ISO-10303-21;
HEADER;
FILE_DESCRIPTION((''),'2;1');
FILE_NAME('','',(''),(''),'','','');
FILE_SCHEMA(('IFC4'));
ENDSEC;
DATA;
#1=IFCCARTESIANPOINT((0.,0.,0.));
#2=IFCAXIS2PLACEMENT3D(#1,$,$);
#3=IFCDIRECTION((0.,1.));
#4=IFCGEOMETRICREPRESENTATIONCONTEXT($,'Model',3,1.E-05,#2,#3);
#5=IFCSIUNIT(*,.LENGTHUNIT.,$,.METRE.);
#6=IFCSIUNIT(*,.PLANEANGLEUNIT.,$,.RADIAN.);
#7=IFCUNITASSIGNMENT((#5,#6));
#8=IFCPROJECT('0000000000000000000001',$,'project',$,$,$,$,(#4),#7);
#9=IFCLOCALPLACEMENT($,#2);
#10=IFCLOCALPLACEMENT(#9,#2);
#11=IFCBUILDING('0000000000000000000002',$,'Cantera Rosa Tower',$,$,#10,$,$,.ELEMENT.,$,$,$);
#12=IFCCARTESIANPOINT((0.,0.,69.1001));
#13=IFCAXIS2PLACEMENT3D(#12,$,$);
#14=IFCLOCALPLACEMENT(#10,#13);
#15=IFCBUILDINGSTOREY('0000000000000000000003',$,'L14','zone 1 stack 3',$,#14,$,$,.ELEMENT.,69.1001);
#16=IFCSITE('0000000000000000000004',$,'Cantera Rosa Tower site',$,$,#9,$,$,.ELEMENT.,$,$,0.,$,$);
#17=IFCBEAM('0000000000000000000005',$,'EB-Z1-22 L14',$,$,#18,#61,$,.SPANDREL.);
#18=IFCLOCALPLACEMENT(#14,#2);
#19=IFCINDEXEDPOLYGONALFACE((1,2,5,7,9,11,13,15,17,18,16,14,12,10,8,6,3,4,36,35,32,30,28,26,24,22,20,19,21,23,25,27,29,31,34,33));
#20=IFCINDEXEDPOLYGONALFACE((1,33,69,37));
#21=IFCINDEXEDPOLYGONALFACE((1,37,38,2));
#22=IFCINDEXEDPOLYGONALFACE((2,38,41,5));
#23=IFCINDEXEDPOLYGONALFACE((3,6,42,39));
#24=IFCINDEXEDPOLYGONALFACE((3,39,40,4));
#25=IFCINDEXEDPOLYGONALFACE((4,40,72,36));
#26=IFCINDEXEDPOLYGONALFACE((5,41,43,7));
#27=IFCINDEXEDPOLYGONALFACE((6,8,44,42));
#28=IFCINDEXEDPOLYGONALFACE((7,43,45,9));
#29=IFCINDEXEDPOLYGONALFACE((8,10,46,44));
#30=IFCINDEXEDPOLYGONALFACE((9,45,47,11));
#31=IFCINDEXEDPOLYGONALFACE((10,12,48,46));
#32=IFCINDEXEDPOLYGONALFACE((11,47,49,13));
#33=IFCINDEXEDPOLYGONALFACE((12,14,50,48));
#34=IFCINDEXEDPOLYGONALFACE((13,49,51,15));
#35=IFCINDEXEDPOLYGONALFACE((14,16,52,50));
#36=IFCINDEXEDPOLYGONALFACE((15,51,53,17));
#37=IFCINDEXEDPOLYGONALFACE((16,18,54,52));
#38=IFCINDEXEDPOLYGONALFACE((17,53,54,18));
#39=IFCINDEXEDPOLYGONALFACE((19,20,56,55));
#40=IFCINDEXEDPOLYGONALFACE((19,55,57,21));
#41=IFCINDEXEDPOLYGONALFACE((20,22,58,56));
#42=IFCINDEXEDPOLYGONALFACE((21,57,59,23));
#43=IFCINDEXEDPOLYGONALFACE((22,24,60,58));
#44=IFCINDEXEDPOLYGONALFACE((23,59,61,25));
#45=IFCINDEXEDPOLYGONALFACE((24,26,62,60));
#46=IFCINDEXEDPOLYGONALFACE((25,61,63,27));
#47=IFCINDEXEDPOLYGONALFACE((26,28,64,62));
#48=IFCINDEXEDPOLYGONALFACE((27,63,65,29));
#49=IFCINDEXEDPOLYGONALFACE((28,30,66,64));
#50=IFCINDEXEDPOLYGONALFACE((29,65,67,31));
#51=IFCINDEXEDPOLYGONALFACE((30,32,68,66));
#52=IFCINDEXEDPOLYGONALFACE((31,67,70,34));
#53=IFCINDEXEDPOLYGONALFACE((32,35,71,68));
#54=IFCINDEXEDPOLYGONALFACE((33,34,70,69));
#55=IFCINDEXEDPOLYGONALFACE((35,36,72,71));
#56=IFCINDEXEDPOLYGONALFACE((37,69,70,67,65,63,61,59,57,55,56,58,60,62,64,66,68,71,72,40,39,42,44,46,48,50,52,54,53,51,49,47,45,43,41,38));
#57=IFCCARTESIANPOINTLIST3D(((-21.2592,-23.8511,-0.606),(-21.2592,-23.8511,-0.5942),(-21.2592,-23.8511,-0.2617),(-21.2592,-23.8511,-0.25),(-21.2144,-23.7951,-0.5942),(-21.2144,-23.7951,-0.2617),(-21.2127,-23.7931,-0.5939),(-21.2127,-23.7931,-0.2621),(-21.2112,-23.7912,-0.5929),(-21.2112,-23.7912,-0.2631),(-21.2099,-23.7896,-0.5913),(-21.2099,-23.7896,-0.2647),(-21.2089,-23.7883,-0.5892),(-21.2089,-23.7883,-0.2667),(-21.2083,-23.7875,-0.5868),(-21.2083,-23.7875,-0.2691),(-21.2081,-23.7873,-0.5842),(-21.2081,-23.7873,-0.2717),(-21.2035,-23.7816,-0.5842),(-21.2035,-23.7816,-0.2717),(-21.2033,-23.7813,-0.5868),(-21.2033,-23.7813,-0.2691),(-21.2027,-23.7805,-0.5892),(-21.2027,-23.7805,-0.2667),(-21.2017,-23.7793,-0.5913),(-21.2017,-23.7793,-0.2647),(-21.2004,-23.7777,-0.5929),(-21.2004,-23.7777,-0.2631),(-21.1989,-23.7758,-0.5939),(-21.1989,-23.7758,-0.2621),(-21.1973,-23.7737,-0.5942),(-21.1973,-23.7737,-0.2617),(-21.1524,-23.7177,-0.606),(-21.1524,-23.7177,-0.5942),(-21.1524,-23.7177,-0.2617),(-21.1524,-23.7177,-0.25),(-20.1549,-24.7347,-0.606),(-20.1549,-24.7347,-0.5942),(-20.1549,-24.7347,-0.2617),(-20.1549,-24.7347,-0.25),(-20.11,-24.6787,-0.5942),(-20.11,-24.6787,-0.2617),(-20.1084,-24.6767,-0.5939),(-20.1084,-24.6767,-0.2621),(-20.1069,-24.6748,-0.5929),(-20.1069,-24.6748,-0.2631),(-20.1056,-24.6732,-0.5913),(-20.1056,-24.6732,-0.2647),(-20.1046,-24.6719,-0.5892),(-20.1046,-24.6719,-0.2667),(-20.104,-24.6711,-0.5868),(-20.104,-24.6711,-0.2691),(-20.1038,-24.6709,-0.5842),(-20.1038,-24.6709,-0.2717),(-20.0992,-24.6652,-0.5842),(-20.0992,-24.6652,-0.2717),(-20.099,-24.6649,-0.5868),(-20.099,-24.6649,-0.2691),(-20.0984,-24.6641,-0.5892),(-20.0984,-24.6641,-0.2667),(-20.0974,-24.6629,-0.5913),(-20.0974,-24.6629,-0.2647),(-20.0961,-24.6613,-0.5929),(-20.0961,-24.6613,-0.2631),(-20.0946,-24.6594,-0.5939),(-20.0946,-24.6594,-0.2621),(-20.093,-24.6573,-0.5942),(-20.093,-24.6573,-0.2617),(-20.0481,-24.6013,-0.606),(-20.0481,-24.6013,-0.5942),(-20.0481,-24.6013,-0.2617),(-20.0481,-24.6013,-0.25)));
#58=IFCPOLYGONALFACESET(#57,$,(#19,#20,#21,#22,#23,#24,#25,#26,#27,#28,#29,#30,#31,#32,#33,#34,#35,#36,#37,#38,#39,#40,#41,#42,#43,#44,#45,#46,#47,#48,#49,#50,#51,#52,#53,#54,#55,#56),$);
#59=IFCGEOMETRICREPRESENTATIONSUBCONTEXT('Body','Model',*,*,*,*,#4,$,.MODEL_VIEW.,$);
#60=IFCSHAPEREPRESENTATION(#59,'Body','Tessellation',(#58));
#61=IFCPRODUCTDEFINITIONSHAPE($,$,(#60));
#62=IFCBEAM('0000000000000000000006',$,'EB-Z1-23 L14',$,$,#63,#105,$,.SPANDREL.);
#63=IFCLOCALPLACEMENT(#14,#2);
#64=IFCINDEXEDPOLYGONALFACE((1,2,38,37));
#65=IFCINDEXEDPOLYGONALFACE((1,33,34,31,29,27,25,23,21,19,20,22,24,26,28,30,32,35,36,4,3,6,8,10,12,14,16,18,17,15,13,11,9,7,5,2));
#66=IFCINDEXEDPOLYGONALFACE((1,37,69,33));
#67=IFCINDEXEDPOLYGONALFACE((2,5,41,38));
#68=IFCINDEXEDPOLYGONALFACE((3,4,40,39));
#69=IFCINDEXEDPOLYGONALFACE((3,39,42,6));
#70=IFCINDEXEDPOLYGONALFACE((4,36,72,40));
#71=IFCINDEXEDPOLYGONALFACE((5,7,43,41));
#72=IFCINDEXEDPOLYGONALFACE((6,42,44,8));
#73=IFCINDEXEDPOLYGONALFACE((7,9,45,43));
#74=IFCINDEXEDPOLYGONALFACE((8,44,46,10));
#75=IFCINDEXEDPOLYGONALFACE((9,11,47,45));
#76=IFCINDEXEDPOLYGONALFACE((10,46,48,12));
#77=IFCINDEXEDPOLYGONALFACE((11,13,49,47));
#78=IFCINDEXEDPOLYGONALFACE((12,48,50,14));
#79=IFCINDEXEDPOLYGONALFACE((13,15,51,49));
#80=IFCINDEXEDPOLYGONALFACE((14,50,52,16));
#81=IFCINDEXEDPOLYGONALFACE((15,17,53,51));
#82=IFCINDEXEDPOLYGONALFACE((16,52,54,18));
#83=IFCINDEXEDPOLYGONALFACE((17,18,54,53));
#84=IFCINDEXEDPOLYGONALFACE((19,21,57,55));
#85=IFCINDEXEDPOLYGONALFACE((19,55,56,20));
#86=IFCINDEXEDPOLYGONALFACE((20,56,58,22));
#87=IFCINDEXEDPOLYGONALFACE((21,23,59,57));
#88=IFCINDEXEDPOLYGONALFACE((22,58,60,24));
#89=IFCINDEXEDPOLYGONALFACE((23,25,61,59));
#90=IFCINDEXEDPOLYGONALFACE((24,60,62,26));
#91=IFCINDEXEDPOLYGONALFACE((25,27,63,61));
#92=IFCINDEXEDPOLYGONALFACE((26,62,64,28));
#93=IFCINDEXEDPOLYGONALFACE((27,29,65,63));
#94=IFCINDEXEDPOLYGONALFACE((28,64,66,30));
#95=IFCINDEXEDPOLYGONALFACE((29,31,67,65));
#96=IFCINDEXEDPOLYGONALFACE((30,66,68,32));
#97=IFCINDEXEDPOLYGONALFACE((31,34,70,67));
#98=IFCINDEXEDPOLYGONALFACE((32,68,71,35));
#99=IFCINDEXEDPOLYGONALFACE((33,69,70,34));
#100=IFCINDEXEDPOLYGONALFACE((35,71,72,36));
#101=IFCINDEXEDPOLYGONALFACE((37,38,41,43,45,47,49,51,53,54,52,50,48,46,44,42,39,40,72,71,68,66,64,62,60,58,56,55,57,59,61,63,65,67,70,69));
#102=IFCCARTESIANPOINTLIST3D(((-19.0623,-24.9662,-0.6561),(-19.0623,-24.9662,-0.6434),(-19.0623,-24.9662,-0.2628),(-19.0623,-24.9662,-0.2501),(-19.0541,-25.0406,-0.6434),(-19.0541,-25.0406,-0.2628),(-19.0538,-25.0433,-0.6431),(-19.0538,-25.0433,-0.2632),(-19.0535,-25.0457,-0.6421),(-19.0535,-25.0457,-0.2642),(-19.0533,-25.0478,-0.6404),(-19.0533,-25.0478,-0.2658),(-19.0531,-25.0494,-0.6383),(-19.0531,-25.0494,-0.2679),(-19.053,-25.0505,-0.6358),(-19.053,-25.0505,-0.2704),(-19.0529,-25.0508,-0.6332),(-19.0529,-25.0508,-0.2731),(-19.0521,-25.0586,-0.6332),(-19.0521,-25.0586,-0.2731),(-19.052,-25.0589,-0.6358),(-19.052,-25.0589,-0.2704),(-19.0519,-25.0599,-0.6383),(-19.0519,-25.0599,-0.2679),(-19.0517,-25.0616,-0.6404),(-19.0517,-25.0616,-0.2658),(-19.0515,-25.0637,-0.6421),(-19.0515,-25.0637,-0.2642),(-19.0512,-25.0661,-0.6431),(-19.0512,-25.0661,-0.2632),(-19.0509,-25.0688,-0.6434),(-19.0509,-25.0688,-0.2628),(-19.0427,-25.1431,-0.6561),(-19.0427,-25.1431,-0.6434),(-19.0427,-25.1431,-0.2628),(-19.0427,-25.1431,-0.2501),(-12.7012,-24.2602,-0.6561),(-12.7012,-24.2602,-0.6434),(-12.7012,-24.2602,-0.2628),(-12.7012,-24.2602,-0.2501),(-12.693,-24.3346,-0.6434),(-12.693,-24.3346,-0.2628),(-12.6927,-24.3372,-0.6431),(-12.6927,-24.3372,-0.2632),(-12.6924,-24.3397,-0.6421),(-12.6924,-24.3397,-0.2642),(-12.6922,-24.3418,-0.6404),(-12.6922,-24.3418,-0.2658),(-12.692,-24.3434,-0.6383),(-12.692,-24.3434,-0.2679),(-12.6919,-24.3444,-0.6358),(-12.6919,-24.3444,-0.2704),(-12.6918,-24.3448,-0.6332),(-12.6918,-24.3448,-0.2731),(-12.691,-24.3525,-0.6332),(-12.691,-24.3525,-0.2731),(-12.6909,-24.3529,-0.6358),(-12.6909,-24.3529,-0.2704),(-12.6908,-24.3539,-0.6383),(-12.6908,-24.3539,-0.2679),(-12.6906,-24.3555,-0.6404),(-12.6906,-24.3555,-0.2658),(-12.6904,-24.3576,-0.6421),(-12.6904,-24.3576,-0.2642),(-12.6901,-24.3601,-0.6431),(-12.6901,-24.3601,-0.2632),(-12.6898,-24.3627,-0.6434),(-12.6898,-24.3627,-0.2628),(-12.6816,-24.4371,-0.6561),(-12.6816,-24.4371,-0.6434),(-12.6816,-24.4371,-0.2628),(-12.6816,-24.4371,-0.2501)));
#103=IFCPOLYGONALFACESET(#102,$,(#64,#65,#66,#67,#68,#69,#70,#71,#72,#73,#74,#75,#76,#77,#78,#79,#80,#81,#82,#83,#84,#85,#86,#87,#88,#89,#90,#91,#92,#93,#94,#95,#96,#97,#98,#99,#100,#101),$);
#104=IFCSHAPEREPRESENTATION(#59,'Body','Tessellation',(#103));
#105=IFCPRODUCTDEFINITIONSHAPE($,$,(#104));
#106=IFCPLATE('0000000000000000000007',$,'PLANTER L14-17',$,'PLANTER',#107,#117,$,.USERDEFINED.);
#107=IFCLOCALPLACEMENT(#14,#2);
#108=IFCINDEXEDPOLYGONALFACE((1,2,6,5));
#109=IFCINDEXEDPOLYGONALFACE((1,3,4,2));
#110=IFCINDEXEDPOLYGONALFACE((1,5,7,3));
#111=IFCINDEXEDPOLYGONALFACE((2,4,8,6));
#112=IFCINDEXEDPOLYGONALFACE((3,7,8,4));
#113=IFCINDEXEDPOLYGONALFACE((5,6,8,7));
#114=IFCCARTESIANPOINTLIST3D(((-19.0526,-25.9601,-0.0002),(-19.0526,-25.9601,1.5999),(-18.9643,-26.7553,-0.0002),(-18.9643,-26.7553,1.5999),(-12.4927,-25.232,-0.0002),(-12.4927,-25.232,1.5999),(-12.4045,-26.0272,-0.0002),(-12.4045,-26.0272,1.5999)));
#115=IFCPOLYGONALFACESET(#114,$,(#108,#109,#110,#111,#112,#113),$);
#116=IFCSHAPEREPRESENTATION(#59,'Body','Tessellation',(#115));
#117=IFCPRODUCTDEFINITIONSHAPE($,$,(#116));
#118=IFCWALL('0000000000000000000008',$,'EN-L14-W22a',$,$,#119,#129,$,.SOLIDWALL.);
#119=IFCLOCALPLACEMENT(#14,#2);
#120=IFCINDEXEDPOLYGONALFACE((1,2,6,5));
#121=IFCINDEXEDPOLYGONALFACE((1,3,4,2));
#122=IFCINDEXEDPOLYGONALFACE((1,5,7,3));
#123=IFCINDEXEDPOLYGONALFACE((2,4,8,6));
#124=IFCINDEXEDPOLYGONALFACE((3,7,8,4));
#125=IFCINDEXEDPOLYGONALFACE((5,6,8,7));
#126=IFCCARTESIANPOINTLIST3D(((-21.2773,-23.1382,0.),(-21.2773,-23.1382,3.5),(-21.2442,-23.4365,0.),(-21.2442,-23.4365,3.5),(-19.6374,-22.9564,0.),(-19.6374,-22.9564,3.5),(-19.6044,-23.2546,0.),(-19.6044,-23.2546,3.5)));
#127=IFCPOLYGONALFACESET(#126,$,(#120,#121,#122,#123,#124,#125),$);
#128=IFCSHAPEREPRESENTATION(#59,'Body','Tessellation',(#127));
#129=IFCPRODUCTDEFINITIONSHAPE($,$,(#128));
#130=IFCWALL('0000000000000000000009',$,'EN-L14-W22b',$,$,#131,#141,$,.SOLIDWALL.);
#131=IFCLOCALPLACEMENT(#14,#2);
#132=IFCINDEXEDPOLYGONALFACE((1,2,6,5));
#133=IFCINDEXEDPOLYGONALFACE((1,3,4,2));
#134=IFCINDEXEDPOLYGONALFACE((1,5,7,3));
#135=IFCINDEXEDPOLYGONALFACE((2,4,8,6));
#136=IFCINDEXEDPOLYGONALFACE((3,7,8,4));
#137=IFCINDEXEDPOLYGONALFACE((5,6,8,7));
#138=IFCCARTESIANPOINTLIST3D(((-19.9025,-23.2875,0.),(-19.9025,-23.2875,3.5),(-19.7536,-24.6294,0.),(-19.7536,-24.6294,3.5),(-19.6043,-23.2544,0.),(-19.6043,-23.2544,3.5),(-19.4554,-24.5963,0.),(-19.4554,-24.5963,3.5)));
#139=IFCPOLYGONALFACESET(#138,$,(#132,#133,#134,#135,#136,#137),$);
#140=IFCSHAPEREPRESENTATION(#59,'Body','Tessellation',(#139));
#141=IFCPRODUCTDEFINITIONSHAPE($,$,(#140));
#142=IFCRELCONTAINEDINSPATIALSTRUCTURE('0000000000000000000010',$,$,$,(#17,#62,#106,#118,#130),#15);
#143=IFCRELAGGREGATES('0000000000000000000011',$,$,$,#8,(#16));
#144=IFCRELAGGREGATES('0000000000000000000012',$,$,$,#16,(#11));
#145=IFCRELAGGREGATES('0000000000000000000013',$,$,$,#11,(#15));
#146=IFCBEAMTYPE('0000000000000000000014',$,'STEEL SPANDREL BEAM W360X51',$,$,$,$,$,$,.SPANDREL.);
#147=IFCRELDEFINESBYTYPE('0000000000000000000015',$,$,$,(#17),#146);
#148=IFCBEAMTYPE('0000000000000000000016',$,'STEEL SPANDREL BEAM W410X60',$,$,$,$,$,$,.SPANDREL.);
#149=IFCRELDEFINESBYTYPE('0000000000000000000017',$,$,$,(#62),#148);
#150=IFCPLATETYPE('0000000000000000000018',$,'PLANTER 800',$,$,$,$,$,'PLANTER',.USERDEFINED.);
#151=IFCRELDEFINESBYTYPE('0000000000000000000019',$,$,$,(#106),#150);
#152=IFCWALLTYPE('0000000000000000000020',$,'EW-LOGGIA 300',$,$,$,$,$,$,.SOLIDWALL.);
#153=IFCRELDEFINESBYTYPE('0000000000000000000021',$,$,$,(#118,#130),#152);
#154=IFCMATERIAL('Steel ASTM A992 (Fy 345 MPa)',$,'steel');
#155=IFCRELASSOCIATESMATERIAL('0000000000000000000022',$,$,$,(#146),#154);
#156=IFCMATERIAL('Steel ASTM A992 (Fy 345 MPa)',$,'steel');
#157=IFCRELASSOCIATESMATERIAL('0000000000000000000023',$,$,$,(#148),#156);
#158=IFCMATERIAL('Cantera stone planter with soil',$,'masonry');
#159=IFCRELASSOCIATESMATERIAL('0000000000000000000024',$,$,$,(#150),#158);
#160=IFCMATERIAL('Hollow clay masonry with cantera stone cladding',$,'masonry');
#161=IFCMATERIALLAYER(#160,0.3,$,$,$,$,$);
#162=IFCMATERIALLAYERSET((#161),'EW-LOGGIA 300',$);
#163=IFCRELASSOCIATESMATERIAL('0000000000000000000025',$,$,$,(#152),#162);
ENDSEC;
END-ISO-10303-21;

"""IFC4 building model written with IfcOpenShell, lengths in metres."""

from ifc_helpers import new_model, si_unit, direction, frame, frame_2d, origin, origin_2d, place, context, subcontext, project, spatial, rectangle, i_section, extrude, material, layer, layer_set, material_profile, profile_set, type_object, element, save


model = new_model("IFC4")

# Units and contexts
model_context = context("Model", 3, precision=1e-05, world=origin(), true_north=direction((0.0, 1.0)))
body_context = subcontext(model_context, "Body", "Model", "MODEL_VIEW")
ifc_project = project(units=[si_unit("LENGTHUNIT", "METRE"), si_unit("PLANEANGLEUNIT", "RADIAN")], contexts=[model_context])

# Site, building, storey
site_placement = place(None, origin())
site = spatial("IfcSite", under=ifc_project, at=site_placement, Name="Cantera Rosa Tower site", CompositionType="ELEMENT", RefElevation=0.0)
building_placement = place(site_placement, origin())
building = spatial("IfcBuilding", under=site, at=building_placement, Name="Cantera Rosa Tower", CompositionType="ELEMENT")
storey_placement = place(building_placement, frame((0.0, 0.0, 69.1001)))
storey = spatial("IfcBuildingStorey", under=building, at=storey_placement, Name="L14", Description="zone 1 stack 3", CompositionType="ELEMENT", Elevation=69.1001)

# Beams
ifc_material_1 = material(Name="Steel ASTM A992 (Fy 345 MPa)", Category="steel")
ifc_material_profile_1 = material_profile(ifc_material_1, i_section(OverallWidth=0.1709, OverallDepth=0.356, WebThickness=0.0073, FlangeThickness=0.0117, FilletRadius=0.01, at=origin_2d()), Name="W360X51")
ifc_profile_set_1 = profile_set([ifc_material_profile_1], Name="Steel ASTM A992 (Fy 345 MPa)")
beam_type_1 = type_object("IfcBeamType", Name="STEEL SPANDREL BEAM W360X51", PredefinedType="SPANDREL", material=ifc_profile_set_1)
for number, where, z_axis, x_axis, name in (
    (1, (-21.2058, -23.7844, -0.428), (0.780818, -0.624758, 0.0), (0.624758, 0.780818, 0.0), "EB-Z1-22 L14"),
):
    element("IfcBeam", number, at=place(storey_placement, frame(where, z_axis=z_axis, x_axis=x_axis)), inside=storey, type_object=beam_type_1, Name=name, PredefinedType="SPANDREL", context=body_context, shape_type="SweptSolid", body=[
        extrude(i_section(OverallWidth=0.1709, OverallDepth=0.356, WebThickness=0.0073, FlangeThickness=0.0117, FilletRadius=0.01, at=origin_2d()), origin(), (0.0, 0.0, 1.0), 1.4143),
    ])
ifc_material_2 = material(Name="Steel ASTM A992 (Fy 345 MPa)", Category="steel")
ifc_material_profile_2 = material_profile(ifc_material_2, i_section(OverallWidth=0.178, OverallDepth=0.406, WebThickness=0.0078, FlangeThickness=0.0127, FilletRadius=0.0103, at=origin_2d()), Name="W410X60")
ifc_profile_set_2 = profile_set([ifc_material_profile_2], Name="Steel ASTM A992 (Fy 345 MPa)")
beam_type_2 = type_object("IfcBeamType", Name="STEEL SPANDREL BEAM W410X60", PredefinedType="SPANDREL", material=ifc_profile_set_2)
beam_1_placement = place(storey_placement, frame((-19.0525, -25.0547, -0.4531), z_axis=(0.993896, 0.110318, 0.0), x_axis=(-0.110318, 0.993896, 0.0)))
element("IfcBeam", 2, at=beam_1_placement, inside=storey, type_object=beam_type_2, Name="EB-Z1-23 L14", PredefinedType="SPANDREL", context=body_context, shape_type="SweptSolid", body=[
    extrude(i_section(OverallWidth=0.178, OverallDepth=0.406, WebThickness=0.0078, FlangeThickness=0.0127, FilletRadius=0.0103, at=origin_2d()), origin(), (0.0, 0.0, 1.0), 6.4001),
])

# Plate
ifc_material_3 = material(Name="Cantera stone planter with soil", Category="masonry")
plate_type = type_object("IfcPlateType", Name="PLANTER 800", ElementType="PLANTER", PredefinedType="USERDEFINED", material=ifc_material_3)
plate_placement = place(storey_placement, frame((-15.7285, -25.9937, -0.0002), z_axis=(0.0, 0.0, 1.0), x_axis=(0.993897, 0.110313, 0.0)))
element("IfcPlate", 3, at=plate_placement, inside=storey, type_object=plate_type, Name="PLANTER L14-17", ObjectType="PLANTER", PredefinedType="USERDEFINED", context=body_context, shape_type="SweptSolid", body=[
    extrude(rectangle(XDim=6.6001, YDim=0.8, at=origin_2d()), origin(), (0.0, 0.0, 1.0), 1.6001),
])

# Walls
ifc_material_4 = material(Name="Hollow clay masonry with cantera stone cladding", Category="masonry")
ifc_layer_1 = layer(ifc_material_4, 0.3)
ifc_layer_set_1 = layer_set([ifc_layer_1], Name="EW-LOGGIA 300")
wall_type_1 = type_object("IfcWallType", Name="EW-LOGGIA 300", PredefinedType="SOLIDWALL", material=ifc_layer_set_1)
wall_1_placement = place(storey_placement, frame((-21.2607, -23.2874, 0.0), z_axis=(0.0, 0.0, 1.0), x_axis=(0.993905, 0.110237, 0.0)))
element("IfcWall", 4, at=wall_1_placement, inside=storey, type_object=wall_type_1, Name="EN-L14-W22a", PredefinedType="SOLIDWALL", context=body_context, shape_type="SweptSolid", body=[
    extrude(rectangle(XDim=1.6499, YDim=0.3, at=frame_2d((0.825, 0.0))), origin(), (0.0, 0.0, 1.0), 3.5),
])
wall_2_placement = place(storey_placement, frame((-19.7534, -23.271, 0.0), z_axis=(0.0, 0.0, 1.0), x_axis=(0.110312, -0.993897, 0.0)))
element("IfcWall", 5, at=wall_2_placement, inside=storey, type_object=wall_type_1, Name="EN-L14-W22b", PredefinedType="SOLIDWALL", context=body_context, shape_type="SweptSolid", body=[
    extrude(rectangle(XDim=1.3501, YDim=0.3, at=frame_2d((0.675, 0.0))), origin(), (0.0, 0.0, 1.0), 3.5),
])

save(model, "model.ifc")
